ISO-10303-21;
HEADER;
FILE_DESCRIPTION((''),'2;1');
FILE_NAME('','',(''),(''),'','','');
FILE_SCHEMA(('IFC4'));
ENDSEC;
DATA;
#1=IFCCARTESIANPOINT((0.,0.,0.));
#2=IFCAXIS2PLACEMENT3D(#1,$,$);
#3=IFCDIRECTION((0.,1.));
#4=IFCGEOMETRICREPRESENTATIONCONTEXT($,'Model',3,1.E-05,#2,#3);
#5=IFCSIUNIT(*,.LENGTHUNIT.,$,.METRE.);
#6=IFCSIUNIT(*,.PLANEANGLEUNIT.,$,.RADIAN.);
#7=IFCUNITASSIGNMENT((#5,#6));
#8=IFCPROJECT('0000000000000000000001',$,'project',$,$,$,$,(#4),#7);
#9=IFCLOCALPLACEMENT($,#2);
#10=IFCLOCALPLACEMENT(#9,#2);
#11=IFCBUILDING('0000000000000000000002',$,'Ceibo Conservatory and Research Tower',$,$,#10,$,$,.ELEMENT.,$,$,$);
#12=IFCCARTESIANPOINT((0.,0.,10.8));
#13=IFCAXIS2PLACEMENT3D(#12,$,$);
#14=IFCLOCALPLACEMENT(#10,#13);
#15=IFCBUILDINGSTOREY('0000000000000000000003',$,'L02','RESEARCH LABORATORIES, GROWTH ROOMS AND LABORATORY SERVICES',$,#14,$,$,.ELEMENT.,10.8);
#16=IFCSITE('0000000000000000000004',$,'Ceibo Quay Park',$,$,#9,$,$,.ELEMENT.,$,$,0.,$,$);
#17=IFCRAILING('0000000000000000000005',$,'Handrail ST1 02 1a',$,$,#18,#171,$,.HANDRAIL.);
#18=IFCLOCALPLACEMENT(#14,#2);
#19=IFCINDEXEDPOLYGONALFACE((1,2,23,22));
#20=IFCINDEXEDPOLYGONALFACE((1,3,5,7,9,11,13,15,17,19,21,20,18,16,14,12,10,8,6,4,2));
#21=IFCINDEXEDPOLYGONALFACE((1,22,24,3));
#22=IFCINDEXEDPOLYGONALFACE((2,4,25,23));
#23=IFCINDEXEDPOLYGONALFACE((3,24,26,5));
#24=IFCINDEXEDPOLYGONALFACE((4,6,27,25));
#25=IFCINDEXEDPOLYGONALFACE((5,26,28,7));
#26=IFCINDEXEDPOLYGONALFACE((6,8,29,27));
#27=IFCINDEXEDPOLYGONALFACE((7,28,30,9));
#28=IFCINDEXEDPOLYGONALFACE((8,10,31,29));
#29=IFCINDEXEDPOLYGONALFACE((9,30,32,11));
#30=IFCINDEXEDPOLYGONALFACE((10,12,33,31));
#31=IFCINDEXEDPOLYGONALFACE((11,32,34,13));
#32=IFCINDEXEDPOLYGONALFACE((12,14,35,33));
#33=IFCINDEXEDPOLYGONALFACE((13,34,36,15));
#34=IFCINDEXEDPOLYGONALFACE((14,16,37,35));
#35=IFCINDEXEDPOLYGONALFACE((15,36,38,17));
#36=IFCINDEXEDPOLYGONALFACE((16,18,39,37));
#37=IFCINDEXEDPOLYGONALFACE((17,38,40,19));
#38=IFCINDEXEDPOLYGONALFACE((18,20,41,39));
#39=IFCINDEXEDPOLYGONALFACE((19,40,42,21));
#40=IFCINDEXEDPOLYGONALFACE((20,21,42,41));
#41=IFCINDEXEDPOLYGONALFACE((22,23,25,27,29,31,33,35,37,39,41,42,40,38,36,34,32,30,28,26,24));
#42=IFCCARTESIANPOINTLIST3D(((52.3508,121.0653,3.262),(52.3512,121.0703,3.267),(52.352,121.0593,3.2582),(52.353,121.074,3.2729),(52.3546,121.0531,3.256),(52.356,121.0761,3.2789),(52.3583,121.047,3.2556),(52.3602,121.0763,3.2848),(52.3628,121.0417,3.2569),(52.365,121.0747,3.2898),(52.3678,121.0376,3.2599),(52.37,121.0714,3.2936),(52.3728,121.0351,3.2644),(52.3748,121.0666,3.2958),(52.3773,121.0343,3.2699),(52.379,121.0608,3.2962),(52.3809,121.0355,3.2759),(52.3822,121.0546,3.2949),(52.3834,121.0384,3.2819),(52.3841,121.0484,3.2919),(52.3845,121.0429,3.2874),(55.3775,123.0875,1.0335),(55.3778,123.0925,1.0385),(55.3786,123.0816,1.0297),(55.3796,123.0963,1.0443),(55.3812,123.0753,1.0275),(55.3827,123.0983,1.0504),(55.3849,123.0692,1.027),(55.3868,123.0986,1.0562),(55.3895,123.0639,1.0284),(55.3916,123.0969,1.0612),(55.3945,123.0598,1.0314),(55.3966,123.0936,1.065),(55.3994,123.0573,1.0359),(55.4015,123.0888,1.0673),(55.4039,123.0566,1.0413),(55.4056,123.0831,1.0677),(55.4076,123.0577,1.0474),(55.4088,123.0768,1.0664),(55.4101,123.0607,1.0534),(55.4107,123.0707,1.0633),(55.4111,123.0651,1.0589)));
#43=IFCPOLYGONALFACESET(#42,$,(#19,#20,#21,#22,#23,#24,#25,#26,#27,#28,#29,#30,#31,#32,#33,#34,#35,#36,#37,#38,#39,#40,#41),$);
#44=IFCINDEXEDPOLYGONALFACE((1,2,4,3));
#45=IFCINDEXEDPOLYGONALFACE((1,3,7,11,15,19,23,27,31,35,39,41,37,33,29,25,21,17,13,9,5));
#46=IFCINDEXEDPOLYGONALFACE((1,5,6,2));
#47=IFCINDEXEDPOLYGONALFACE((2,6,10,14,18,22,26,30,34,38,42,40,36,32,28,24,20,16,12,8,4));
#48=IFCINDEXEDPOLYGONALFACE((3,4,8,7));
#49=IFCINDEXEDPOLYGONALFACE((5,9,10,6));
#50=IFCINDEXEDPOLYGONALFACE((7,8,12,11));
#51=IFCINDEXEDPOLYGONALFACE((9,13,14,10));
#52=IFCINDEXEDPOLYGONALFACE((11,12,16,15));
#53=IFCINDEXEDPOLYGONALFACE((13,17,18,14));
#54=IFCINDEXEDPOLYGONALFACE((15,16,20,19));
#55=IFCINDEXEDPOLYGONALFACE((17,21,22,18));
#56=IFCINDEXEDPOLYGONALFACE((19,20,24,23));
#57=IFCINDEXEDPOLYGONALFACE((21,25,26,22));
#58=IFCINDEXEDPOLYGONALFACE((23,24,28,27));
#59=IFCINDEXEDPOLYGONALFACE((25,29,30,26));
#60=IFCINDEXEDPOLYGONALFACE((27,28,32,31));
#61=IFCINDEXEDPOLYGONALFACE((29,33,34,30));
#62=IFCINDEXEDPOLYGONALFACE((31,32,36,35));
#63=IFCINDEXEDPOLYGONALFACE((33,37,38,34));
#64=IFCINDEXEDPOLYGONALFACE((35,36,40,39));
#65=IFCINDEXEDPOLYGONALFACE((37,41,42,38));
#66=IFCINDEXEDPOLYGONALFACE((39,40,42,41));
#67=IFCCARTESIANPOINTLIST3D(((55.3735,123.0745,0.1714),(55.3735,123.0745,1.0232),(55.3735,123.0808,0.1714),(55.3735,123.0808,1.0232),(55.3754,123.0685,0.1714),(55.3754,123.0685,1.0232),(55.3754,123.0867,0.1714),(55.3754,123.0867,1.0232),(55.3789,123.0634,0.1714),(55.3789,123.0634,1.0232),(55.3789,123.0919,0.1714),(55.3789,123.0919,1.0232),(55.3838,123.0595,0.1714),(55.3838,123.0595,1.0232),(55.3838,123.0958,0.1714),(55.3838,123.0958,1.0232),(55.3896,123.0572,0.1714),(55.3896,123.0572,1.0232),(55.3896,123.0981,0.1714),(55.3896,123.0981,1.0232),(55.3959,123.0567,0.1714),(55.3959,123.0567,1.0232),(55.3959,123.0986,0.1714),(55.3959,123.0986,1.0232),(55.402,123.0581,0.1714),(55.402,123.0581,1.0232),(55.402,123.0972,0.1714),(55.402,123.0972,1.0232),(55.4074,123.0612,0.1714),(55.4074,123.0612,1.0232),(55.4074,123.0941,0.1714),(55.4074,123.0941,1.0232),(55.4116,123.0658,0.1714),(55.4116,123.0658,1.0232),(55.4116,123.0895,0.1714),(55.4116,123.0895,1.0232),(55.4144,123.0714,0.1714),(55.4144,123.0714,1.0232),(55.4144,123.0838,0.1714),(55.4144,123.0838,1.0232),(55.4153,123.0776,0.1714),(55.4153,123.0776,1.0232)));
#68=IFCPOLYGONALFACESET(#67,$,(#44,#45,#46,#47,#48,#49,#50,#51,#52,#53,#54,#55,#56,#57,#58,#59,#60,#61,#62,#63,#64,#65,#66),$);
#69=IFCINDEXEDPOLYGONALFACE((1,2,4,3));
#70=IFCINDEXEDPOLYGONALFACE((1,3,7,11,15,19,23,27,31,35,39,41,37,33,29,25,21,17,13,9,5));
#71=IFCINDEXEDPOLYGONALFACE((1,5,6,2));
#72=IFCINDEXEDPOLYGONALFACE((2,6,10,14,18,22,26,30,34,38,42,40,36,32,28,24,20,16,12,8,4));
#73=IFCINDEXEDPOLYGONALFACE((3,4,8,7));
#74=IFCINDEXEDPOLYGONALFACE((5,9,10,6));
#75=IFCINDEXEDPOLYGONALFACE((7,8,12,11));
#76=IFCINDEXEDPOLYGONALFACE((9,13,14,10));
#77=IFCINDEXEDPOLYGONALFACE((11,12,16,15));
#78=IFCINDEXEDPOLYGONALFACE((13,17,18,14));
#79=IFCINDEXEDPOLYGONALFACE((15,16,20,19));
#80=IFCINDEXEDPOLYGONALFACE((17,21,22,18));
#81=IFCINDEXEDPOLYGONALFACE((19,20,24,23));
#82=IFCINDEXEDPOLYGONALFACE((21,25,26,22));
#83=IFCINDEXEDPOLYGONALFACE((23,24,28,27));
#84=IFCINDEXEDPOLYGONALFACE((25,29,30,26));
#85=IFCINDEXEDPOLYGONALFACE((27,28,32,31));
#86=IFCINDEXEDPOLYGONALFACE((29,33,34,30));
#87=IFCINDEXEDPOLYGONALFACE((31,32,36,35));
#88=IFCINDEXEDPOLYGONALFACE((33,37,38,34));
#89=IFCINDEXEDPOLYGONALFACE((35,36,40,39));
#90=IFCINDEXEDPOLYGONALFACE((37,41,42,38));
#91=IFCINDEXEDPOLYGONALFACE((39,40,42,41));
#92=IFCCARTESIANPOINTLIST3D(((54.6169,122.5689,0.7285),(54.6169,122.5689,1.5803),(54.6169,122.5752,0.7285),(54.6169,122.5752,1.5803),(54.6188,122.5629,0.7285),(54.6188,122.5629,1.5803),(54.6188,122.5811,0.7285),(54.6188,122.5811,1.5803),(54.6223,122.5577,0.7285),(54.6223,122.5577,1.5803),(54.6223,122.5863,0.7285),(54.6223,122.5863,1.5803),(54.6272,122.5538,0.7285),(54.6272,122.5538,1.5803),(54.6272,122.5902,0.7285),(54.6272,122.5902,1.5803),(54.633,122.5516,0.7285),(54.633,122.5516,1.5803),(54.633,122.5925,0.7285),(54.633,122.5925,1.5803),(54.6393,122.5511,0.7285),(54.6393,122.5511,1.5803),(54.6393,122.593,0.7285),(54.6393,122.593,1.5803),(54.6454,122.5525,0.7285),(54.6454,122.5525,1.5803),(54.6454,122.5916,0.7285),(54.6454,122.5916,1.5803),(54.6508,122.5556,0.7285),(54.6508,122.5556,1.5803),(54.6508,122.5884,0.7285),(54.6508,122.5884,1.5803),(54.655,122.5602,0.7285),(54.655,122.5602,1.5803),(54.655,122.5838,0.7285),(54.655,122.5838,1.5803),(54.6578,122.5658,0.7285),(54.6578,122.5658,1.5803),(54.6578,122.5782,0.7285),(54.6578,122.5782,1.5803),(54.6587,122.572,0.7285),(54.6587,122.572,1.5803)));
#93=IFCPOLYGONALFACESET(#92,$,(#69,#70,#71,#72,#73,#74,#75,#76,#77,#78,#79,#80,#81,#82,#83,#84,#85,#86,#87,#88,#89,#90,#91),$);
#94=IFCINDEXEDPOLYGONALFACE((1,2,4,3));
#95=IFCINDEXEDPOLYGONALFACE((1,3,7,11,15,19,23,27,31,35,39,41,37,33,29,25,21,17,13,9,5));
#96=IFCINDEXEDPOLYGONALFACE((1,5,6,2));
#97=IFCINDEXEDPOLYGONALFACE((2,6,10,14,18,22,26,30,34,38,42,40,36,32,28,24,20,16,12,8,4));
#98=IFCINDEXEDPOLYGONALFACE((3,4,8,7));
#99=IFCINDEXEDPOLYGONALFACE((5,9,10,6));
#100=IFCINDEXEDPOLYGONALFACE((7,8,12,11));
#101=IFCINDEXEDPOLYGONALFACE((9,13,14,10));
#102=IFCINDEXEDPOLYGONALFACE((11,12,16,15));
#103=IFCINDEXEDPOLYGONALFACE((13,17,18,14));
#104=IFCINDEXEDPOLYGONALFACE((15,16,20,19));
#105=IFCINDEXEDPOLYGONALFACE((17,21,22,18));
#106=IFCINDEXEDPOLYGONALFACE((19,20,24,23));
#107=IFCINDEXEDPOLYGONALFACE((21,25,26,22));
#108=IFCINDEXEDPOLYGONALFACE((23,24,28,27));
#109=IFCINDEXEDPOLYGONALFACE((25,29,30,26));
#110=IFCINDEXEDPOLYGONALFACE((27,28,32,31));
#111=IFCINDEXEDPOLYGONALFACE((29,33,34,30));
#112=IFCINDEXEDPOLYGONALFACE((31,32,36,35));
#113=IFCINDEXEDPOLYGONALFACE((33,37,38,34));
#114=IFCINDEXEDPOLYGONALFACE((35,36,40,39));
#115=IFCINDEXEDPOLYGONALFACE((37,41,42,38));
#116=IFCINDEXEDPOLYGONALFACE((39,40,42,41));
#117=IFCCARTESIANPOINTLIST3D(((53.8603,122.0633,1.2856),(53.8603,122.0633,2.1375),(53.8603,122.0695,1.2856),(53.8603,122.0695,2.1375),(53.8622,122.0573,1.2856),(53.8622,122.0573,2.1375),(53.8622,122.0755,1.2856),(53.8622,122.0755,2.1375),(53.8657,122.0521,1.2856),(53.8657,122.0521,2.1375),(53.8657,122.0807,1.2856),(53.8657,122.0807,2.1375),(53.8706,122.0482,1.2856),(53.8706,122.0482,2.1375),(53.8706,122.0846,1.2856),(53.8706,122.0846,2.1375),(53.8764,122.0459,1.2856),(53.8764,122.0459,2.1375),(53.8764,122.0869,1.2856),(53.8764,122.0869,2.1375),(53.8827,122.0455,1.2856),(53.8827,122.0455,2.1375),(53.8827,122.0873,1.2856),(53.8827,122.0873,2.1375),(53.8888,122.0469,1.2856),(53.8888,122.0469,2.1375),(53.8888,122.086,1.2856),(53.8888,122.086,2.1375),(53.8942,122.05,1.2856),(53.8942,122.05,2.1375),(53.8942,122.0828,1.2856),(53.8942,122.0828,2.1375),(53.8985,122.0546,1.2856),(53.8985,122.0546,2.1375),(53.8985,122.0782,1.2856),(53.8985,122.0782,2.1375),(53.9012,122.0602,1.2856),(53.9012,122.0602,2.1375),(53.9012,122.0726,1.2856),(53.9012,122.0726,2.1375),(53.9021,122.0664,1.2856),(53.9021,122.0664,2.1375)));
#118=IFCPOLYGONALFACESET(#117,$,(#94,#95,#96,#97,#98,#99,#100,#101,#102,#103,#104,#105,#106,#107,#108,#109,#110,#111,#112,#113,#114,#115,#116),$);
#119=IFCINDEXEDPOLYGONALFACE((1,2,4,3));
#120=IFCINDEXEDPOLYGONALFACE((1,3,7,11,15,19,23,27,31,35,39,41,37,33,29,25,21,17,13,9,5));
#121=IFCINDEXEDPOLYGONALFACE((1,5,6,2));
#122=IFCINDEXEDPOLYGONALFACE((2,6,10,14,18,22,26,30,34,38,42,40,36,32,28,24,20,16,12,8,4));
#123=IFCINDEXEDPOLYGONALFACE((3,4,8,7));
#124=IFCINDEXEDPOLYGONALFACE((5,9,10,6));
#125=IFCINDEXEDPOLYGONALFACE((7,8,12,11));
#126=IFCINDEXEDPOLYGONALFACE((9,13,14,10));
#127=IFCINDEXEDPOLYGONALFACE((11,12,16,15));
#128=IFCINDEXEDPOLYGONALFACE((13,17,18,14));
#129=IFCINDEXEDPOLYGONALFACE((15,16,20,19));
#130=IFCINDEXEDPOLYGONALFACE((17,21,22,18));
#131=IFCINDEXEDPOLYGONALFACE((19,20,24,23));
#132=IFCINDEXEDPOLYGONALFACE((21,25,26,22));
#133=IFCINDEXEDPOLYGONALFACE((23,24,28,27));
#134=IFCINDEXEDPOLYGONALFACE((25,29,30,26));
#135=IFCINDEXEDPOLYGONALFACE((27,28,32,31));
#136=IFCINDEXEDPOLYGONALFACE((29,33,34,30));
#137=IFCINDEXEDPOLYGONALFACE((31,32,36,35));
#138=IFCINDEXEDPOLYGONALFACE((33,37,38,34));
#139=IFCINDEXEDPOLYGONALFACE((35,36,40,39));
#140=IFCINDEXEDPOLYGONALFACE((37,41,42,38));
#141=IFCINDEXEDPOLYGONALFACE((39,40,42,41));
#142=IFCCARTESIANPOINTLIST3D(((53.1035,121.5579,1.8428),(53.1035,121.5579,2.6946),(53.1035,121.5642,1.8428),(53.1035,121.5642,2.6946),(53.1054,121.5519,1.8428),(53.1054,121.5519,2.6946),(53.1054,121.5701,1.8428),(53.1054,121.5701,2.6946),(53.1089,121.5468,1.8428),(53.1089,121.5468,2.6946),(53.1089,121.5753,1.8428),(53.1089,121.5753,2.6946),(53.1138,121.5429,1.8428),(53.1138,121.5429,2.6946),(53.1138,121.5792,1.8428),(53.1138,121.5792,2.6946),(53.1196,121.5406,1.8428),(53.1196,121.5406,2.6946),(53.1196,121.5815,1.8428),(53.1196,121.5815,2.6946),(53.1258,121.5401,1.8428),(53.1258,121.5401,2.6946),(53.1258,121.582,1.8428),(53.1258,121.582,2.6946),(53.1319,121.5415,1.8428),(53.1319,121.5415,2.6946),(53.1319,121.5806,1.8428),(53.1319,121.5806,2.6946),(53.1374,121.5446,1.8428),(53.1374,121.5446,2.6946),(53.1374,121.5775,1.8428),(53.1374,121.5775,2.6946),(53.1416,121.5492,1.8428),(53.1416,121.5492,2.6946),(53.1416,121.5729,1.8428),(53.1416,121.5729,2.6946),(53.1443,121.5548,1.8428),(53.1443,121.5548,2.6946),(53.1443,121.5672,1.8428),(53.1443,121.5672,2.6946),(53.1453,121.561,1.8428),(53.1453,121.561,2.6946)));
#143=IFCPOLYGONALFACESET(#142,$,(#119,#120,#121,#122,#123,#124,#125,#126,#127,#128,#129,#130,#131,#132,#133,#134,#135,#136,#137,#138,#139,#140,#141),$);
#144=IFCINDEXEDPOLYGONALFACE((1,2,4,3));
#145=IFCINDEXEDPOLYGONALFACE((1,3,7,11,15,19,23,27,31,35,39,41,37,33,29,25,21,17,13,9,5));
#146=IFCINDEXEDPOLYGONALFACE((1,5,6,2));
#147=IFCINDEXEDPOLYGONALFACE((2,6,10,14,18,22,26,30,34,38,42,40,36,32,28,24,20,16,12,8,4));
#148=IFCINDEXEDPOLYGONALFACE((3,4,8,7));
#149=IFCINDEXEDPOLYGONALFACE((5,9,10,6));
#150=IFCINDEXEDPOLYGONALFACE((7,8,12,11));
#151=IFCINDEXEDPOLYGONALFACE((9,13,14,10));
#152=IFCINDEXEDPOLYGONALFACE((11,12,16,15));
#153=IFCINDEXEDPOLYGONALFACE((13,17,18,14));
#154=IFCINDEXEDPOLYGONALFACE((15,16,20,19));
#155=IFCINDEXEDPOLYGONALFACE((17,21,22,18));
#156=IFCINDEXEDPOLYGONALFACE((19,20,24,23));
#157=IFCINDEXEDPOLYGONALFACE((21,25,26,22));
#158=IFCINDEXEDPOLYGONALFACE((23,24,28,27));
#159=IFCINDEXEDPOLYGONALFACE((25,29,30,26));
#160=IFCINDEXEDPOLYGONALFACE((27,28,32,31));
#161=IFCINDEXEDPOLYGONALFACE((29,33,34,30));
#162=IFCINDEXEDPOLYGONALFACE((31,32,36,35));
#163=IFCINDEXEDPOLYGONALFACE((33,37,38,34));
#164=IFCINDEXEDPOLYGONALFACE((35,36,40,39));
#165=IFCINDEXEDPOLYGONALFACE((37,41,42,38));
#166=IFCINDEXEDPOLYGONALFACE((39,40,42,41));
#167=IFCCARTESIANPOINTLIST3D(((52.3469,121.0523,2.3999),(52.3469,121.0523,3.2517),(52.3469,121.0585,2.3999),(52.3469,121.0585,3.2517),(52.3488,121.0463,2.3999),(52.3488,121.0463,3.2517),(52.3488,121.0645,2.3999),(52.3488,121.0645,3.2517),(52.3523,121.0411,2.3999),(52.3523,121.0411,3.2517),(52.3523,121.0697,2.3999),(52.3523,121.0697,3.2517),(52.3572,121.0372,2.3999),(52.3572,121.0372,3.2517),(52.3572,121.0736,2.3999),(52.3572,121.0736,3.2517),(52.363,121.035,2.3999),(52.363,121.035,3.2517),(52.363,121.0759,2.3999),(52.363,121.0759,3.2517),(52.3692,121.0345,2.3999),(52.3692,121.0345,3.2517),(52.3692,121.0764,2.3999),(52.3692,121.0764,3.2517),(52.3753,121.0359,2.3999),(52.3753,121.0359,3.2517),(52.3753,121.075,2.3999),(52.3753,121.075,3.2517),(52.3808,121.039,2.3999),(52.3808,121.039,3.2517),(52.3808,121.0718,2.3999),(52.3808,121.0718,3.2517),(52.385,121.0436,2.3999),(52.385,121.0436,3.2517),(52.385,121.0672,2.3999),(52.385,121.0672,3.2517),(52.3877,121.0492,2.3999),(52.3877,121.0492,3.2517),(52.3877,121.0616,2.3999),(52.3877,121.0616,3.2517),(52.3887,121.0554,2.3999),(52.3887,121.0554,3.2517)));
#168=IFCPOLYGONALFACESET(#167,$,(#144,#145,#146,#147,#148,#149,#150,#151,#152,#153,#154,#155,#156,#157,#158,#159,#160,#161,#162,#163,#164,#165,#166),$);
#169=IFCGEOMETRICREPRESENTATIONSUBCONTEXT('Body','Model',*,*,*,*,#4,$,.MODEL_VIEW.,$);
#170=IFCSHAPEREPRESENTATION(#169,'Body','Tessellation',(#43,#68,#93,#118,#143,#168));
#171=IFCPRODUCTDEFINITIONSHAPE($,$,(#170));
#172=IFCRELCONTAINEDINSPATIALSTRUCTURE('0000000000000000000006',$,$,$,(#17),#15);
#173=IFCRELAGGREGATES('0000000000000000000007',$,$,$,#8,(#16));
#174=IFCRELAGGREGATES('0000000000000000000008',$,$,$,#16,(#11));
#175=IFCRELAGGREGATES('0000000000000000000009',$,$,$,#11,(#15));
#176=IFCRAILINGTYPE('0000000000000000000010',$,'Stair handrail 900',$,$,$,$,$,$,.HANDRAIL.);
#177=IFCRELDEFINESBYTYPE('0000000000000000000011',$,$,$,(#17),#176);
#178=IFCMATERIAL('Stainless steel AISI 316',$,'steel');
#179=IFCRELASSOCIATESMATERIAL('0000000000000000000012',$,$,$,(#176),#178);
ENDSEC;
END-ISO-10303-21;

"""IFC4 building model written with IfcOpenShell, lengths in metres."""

from ifc_helpers import new_model, si_unit, direction, frame, origin, origin_2d, place, context, subcontext, project, spatial, circle, extrude, material, type_object, element, save


model = new_model("IFC4")

# Units and contexts
model_context = context("Model", 3, precision=1e-05, world=origin(), true_north=direction((0.0, 1.0)))
body_context = subcontext(model_context, "Body", "Model", "MODEL_VIEW")
ifc_project = project(units=[si_unit("LENGTHUNIT", "METRE"), si_unit("PLANEANGLEUNIT", "RADIAN")], contexts=[model_context])

# Site, building, storey
site_placement = place(None, origin())
site = spatial("IfcSite", under=ifc_project, at=site_placement, Name="Ceibo Quay Park", CompositionType="ELEMENT", RefElevation=0.0)
building_placement = place(site_placement, origin())
building = spatial("IfcBuilding", under=site, at=building_placement, Name="Ceibo Conservatory and Research Tower", CompositionType="ELEMENT")
storey_placement = place(building_placement, frame((0.0, 0.0, 10.8)))
storey = spatial("IfcBuildingStorey", under=building, at=storey_placement, Name="L02", Description="RESEARCH LABORATORIES, GROWTH ROOMS AND LABORATORY SERVICES", CompositionType="ELEMENT", Elevation=10.8)

# Railing
ifc_material_1 = material(Name="Stainless steel AISI 316", Category="steel")
railing_type = type_object("IfcRailingType", Name="Stair handrail 900", PredefinedType="HANDRAIL", material=ifc_material_1)
railing_1_placement = place(storey_placement, frame((55.3943, 123.0776, 0.1714)))
element("IfcRailing", 1, at=railing_1_placement, inside=storey, type_object=railing_type, Name="Handrail ST1 02 1a", PredefinedType="HANDRAIL", context=body_context, shape_type="SweptSolid", body=[
    extrude(circle(Radius=0.0239, at=origin_2d()), frame((0.0, 0.0, 0.876), z_axis=(-0.709137, -0.473806, 0.522142), x_axis=(0.555551, -0.831482, 0.0)), (0.0, 0.0, 1.0), 4.2681),
    extrude(circle(Radius=0.021, at=origin_2d()), origin(), (0.0, 0.0, 1.0), 0.8518),
    extrude(circle(Radius=0.021, at=origin_2d()), frame((-0.7566, -0.5056, 0.5571)), (0.0, 0.0, 1.0), 0.8518),
    extrude(circle(Radius=0.021, at=origin_2d()), frame((-1.5132, -1.0112, 1.1143)), (0.0, 0.0, 1.0), 0.8518),
    extrude(circle(Radius=0.021, at=origin_2d()), frame((-2.27, -1.5166, 1.6714)), (0.0, 0.0, 1.0), 0.8518),
    extrude(circle(Radius=0.021, at=origin_2d()), frame((-3.0266, -2.0222, 2.2285)), (0.0, 0.0, 1.0), 0.8518),
])

save(model, "model.ifc")
